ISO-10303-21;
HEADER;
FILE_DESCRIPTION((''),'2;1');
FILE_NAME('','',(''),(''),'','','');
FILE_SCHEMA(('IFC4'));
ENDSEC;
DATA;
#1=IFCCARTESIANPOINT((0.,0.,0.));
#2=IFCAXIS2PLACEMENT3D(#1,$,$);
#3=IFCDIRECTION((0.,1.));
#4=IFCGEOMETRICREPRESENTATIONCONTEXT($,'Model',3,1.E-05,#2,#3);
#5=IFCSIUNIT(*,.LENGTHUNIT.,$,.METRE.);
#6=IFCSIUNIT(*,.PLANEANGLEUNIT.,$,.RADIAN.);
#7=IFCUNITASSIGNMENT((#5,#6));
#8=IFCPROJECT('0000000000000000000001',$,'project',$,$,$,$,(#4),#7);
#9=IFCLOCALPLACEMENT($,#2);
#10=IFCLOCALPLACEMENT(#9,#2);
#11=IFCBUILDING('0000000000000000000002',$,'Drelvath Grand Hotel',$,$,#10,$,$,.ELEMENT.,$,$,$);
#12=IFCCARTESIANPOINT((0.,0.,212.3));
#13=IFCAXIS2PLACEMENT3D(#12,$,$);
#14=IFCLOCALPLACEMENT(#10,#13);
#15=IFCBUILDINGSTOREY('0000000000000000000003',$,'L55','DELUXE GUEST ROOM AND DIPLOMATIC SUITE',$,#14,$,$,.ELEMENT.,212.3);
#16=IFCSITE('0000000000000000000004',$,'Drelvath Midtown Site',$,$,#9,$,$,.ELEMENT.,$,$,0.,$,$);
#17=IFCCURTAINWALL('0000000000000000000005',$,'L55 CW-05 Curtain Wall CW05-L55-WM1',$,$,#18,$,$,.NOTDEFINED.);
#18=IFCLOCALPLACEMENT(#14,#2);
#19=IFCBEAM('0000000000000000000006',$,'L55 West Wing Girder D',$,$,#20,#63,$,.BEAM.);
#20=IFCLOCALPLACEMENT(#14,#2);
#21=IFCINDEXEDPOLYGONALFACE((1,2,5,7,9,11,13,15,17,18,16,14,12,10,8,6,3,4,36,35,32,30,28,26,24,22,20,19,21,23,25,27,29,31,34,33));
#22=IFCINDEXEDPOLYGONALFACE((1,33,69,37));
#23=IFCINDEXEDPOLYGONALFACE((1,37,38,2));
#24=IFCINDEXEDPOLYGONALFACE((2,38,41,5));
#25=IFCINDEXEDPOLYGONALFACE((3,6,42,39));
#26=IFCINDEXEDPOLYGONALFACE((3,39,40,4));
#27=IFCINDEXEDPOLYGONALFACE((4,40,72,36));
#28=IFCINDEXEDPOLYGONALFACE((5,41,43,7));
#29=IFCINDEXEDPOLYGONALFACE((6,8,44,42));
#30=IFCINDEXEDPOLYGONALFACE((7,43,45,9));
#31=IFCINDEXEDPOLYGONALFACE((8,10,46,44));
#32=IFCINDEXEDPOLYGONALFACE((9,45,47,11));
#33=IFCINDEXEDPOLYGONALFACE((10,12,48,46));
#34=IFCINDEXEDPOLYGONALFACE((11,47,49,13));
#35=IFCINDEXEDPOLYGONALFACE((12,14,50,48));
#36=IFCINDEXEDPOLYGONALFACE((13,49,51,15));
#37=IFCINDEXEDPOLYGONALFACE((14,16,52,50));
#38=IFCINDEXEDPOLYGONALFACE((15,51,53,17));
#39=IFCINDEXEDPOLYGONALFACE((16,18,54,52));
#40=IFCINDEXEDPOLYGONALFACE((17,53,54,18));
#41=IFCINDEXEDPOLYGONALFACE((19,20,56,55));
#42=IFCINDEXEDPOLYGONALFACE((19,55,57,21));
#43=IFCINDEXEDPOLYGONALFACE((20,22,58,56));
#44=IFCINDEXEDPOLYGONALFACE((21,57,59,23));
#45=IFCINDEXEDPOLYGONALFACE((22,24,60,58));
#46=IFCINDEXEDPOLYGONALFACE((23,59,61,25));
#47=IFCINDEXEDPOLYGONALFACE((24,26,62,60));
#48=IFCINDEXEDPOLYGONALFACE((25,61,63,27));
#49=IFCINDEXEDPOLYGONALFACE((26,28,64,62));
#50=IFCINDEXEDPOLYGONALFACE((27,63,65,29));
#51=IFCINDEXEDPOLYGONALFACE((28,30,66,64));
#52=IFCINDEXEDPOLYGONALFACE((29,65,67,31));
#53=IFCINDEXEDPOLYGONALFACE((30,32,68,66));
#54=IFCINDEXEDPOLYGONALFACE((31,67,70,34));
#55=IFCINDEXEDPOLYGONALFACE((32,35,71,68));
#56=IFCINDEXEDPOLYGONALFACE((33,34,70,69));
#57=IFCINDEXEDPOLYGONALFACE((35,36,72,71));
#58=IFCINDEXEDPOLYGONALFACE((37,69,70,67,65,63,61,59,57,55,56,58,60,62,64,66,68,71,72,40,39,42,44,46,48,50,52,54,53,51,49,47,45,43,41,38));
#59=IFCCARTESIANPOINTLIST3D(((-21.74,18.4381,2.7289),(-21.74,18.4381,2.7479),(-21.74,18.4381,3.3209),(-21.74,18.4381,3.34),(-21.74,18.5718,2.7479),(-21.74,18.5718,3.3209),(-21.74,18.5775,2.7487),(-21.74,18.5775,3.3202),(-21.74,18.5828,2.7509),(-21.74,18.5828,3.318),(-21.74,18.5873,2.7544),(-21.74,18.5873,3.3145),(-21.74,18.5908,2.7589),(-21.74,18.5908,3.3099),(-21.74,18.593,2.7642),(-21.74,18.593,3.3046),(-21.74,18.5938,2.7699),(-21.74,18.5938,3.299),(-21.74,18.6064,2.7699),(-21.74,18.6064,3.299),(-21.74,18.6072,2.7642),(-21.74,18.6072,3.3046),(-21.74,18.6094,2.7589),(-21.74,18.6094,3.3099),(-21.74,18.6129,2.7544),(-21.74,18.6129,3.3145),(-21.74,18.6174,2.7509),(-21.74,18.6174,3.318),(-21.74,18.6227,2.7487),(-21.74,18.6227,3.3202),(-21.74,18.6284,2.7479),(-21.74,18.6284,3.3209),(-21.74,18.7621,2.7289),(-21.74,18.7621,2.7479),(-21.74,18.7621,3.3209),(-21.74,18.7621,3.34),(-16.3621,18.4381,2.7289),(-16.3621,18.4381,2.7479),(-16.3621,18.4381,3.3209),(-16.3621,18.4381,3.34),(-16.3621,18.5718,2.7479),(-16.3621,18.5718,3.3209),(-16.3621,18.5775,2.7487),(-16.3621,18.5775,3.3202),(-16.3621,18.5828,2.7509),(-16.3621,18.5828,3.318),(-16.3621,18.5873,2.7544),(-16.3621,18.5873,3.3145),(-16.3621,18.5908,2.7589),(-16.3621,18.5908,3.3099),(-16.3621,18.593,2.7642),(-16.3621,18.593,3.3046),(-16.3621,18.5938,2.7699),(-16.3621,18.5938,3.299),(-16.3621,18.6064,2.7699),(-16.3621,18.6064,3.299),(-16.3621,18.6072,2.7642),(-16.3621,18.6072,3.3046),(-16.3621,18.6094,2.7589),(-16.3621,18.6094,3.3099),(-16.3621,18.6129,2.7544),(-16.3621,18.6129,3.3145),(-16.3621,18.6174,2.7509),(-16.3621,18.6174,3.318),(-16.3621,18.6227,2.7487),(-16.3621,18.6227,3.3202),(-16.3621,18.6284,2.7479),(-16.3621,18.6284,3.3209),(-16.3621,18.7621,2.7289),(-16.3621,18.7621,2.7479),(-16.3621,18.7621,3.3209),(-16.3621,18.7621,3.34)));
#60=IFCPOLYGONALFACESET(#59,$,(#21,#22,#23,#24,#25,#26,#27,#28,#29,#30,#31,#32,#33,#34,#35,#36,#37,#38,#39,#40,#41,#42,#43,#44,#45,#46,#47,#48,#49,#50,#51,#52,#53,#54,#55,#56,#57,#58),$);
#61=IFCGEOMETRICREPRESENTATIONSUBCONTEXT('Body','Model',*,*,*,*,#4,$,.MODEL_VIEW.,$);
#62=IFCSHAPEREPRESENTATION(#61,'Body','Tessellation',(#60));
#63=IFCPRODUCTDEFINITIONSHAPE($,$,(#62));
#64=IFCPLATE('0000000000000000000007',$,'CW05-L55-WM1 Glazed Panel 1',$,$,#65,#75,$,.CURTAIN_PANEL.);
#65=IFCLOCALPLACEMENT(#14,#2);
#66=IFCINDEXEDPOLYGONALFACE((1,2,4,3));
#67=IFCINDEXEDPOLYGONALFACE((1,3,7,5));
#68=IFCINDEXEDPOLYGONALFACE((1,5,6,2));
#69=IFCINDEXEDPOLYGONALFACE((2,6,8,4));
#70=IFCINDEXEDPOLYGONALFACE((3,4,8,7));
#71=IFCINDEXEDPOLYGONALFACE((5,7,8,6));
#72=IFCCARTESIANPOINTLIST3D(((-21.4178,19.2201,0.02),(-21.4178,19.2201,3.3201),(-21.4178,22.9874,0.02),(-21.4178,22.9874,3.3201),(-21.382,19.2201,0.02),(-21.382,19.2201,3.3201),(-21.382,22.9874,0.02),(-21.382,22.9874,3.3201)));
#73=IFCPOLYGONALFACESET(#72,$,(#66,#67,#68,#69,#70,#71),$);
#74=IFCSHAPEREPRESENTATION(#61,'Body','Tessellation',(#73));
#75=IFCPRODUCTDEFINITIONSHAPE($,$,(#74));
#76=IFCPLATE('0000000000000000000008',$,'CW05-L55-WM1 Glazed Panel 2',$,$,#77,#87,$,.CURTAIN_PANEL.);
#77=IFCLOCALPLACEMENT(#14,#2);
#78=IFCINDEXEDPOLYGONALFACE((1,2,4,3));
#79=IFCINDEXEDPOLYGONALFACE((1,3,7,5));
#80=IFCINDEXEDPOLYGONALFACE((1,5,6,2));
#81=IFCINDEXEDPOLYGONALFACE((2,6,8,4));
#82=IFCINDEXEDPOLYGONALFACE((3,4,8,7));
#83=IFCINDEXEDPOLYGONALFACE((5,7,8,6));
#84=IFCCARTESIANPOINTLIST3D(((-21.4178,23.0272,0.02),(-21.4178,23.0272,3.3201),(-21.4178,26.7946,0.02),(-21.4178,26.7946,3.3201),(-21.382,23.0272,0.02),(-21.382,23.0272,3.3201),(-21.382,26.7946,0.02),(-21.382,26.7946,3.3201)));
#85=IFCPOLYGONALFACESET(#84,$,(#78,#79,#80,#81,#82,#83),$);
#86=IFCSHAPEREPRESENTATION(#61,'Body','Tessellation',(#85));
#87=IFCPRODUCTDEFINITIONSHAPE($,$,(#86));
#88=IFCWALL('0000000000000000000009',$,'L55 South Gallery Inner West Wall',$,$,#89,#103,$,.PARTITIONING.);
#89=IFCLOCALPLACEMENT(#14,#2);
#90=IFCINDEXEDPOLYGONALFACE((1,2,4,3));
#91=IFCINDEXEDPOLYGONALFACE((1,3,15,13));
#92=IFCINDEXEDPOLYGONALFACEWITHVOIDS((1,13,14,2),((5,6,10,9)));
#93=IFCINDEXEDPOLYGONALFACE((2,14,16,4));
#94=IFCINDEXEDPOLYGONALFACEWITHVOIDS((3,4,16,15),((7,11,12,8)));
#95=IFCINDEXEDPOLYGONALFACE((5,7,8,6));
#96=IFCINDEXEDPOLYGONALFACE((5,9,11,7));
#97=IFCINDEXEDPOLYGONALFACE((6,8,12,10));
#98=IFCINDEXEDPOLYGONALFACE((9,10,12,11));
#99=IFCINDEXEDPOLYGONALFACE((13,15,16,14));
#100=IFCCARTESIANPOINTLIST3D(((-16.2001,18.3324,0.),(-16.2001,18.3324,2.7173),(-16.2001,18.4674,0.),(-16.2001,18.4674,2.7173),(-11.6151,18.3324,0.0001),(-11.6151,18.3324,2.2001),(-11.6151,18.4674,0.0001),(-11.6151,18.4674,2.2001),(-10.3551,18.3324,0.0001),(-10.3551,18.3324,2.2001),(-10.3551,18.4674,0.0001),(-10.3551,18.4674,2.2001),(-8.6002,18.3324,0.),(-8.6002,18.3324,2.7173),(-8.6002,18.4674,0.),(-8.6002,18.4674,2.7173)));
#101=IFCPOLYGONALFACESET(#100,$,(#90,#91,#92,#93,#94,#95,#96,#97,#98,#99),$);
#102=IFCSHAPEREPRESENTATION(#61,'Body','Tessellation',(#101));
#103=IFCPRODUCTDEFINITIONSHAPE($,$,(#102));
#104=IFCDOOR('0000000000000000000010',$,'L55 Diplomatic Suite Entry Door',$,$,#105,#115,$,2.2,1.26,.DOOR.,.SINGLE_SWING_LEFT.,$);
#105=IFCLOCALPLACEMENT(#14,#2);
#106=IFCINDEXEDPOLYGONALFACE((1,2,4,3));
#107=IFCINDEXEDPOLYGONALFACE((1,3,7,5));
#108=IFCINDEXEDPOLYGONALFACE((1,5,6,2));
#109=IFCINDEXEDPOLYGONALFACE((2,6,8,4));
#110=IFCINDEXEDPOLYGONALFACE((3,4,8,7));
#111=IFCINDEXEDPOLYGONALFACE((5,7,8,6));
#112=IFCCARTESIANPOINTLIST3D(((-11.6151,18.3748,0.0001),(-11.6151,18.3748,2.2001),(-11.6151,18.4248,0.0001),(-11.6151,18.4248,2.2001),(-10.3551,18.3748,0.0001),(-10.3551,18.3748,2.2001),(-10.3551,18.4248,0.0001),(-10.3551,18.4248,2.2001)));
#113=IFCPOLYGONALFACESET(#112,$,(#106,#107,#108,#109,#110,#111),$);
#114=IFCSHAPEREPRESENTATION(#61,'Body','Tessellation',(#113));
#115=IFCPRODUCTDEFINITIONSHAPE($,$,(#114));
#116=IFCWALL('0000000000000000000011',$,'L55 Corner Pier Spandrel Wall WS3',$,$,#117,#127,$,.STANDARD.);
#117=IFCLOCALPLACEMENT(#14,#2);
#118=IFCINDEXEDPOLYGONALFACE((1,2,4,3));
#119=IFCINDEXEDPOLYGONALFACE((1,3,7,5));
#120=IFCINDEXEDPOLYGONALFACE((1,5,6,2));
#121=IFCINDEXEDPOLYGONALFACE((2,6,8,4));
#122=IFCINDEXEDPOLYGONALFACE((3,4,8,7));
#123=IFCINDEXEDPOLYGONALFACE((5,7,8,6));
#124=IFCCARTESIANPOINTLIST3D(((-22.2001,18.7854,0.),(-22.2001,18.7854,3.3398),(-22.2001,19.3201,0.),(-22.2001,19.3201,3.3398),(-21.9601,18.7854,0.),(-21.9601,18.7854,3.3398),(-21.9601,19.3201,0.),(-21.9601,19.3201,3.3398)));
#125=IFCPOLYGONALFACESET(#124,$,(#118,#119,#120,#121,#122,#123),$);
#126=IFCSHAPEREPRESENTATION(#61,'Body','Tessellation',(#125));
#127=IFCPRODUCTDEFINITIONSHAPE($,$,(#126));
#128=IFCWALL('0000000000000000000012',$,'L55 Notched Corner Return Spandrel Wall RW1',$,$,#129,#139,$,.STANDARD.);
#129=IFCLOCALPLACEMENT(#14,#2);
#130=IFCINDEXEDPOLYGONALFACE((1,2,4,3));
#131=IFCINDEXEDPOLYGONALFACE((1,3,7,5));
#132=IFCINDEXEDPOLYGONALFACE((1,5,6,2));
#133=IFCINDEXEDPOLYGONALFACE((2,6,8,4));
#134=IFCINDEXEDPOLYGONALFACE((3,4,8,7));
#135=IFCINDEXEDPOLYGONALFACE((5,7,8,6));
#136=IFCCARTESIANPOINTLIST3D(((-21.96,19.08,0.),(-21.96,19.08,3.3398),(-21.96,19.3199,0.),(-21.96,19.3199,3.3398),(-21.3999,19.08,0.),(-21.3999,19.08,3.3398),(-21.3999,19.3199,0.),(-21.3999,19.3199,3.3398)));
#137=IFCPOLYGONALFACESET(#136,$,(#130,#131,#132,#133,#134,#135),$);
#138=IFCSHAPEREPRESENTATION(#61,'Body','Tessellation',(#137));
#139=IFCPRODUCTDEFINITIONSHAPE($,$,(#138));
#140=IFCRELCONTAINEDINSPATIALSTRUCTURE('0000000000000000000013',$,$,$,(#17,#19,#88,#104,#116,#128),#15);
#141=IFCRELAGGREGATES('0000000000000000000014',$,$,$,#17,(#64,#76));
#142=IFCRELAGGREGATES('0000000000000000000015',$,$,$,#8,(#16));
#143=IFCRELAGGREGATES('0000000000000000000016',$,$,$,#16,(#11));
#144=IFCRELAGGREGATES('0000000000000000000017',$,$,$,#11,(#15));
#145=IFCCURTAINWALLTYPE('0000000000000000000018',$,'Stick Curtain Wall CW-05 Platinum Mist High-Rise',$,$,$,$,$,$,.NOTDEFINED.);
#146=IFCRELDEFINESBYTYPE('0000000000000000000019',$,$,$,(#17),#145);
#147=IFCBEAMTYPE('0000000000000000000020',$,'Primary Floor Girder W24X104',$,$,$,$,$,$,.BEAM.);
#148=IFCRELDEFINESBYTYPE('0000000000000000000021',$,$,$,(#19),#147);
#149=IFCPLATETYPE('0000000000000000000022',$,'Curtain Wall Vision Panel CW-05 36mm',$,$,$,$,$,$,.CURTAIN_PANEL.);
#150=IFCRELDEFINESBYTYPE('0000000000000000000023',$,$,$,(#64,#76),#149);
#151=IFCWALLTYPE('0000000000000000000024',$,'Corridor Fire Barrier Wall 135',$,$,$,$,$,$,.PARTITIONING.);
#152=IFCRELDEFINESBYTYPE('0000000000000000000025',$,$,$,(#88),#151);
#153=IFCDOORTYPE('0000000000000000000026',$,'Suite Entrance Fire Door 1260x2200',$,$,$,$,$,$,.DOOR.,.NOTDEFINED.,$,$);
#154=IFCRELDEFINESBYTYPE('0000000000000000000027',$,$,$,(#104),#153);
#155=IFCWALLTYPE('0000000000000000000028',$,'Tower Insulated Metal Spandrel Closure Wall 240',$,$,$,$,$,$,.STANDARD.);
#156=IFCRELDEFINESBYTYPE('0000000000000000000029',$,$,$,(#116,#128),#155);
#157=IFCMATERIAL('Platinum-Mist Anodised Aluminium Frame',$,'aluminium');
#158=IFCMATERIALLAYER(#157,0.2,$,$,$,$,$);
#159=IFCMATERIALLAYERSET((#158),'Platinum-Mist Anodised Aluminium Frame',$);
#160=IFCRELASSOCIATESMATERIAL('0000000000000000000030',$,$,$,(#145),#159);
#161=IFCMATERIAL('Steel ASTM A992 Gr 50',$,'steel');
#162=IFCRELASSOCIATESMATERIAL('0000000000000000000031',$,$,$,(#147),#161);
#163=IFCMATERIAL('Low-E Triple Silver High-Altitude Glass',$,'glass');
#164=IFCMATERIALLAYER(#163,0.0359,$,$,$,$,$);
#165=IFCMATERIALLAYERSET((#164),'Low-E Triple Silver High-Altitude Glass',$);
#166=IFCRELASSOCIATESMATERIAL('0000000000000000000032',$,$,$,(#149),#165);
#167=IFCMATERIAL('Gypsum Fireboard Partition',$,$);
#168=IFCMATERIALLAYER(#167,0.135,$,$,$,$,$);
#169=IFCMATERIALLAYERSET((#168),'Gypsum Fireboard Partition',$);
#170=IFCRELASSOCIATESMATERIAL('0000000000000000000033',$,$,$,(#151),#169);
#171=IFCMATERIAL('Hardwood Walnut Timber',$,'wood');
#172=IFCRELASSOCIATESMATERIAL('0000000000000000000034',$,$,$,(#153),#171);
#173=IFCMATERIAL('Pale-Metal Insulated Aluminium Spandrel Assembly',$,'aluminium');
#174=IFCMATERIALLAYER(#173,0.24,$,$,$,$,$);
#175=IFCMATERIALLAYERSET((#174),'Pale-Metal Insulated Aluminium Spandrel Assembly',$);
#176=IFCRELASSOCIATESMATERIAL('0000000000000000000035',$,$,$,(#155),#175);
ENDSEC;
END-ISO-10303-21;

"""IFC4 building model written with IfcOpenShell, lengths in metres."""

from ifc_helpers import new_model, si_unit, direction, frame, frame_2d, origin, origin_2d, place, context, subcontext, project, spatial, rectangle, i_section, extrude, material, layer, layer_set, material_profile, profile_set, type_object, element, fill, aggregate, save


model = new_model("IFC4")

# Units and contexts
model_context = context("Model", 3, precision=1e-05, world=origin(), true_north=direction((0.0, 1.0)))
body_context = subcontext(model_context, "Body", "Model", "MODEL_VIEW")
ifc_project = project(units=[si_unit("LENGTHUNIT", "METRE"), si_unit("PLANEANGLEUNIT", "RADIAN")], contexts=[model_context])

# Site, building, storey
site_placement = place(None, origin())
site = spatial("IfcSite", under=ifc_project, at=site_placement, Name="Drelvath Midtown Site", CompositionType="ELEMENT", RefElevation=0.0)
building_placement = place(site_placement, origin())
building = spatial("IfcBuilding", under=site, at=building_placement, Name="Drelvath Grand Hotel", CompositionType="ELEMENT")
storey_placement = place(building_placement, frame((0.0, 0.0, 212.3)))
storey = spatial("IfcBuildingStorey", under=building, at=storey_placement, Name="L55", Description="DELUXE GUEST ROOM AND DIPLOMATIC SUITE", CompositionType="ELEMENT", Elevation=212.3)

# Curtain wall
ifc_material_1 = material(Name="Platinum-Mist Anodised Aluminium Frame", Category="aluminium")
ifc_layer_1 = layer(ifc_material_1, 0.2)
ifc_layer_set_1 = layer_set([ifc_layer_1], Name="Platinum-Mist Anodised Aluminium Frame")
curtain_wall_type = type_object("IfcCurtainWallType", Name="Stick Curtain Wall CW-05 Platinum Mist High-Rise", PredefinedType="NOTDEFINED", material=ifc_layer_set_1)
curtain_wall_1_placement = place(storey_placement, origin())
curtain_wall_1 = element("IfcCurtainWall", 1, at=curtain_wall_1_placement, inside=storey, type_object=curtain_wall_type, Name="L55 CW-05 Curtain Wall CW05-L55-WM1", PredefinedType="NOTDEFINED")

# Beam
ifc_material_2 = material(Name="Steel ASTM A992 Gr 50", Category="steel")
ifc_material_profile_1 = material_profile(ifc_material_2, i_section(OverallWidth=0.324, OverallDepth=0.6111, WebThickness=0.0127, FlangeThickness=0.019, FilletRadius=0.022, at=origin_2d()), Name="W24X104")
ifc_profile_set_1 = profile_set([ifc_material_profile_1], Name="Steel ASTM A992 Gr 50")
beam_type_1 = type_object("IfcBeamType", Name="Primary Floor Girder W24X104", PredefinedType="BEAM", material=ifc_profile_set_1)
beam_1_placement = place(storey_placement, frame((-21.74, 18.6001, 3.0344), z_axis=(1.0, 0.0, 0.0), x_axis=(0.0, 1.0, 0.0)))
element("IfcBeam", 2, at=beam_1_placement, inside=storey, type_object=beam_type_1, Name="L55 West Wing Girder D", PredefinedType="BEAM", context=body_context, shape_type="SweptSolid", body=[
    extrude(i_section(OverallWidth=0.324, OverallDepth=0.6111, WebThickness=0.0127, FlangeThickness=0.019, FilletRadius=0.022, at=origin_2d()), origin(), (0.0, 0.0, 1.0), 5.3779),
])

# Plates
ifc_material_3 = material(Name="Low-E Triple Silver High-Altitude Glass", Category="glass")
ifc_layer_2 = layer(ifc_material_3, 0.0359)
ifc_layer_set_2 = layer_set([ifc_layer_2], Name="Low-E Triple Silver High-Altitude Glass")
plate_type = type_object("IfcPlateType", Name="Curtain Wall Vision Panel CW-05 36mm", PredefinedType="CURTAIN_PANEL", material=ifc_layer_set_2)
plate_1_placement = place(storey_placement, frame((-21.3999, 21.1038, 0.02), z_axis=(0.0, 0.0, 1.0), x_axis=(0.0, 1.0, 0.0)))
plate_1 = element("IfcPlate", 3, at=plate_1_placement, type_object=plate_type, Name="CW05-L55-WM1 Glazed Panel 1", PredefinedType="CURTAIN_PANEL", context=body_context, shape_type="SweptSolid", body=[
    extrude(rectangle(XDim=3.7673, YDim=0.0359, at=origin_2d()), origin(), (0.0, 0.0, 1.0), 3.3),
])
plate_2_placement = place(storey_placement, frame((-21.3999, 24.9109, 0.02), z_axis=(0.0, 0.0, 1.0), x_axis=(0.0, 1.0, 0.0)))
plate_2 = element("IfcPlate", 4, at=plate_2_placement, type_object=plate_type, Name="CW05-L55-WM1 Glazed Panel 2", PredefinedType="CURTAIN_PANEL", context=body_context, shape_type="SweptSolid", body=[
    extrude(rectangle(XDim=3.7673, YDim=0.0359, at=origin_2d()), origin(), (0.0, 0.0, 1.0), 3.3),
])
aggregate(curtain_wall_1, [plate_1, plate_2])

# Wall, opening, door
ifc_material_4 = material(Name="Gypsum Fireboard Partition")
ifc_layer_3 = layer(ifc_material_4, 0.135)
ifc_layer_set_3 = layer_set([ifc_layer_3], Name="Gypsum Fireboard Partition")
wall_type_1 = type_object("IfcWallType", Name="Corridor Fire Barrier Wall 135", PredefinedType="PARTITIONING", material=ifc_layer_set_3)
wall_1_placement = place(storey_placement, frame((-16.2, 18.3999, 0.0), z_axis=(0.0, 0.0, 1.0), x_axis=(1.0, 0.0, 0.0)))
wall_1 = element("IfcWall", 5, at=wall_1_placement, inside=storey, type_object=wall_type_1, Name="L55 South Gallery Inner West Wall", PredefinedType="PARTITIONING", context=body_context, shape_type="SweptSolid", body=[
    extrude(rectangle(XDim=7.5999, YDim=0.135, at=frame_2d((3.7998, 0.0))), origin(), (0.0, 0.0, 1.0), 2.7173),
])
opening_placement = place(wall_1_placement, frame((4.585, 0.0, 0.0)))
opening = element("IfcOpeningElement", 6, at=opening_placement, cuts=wall_1, PredefinedType="OPENING", context=body_context, shape_type="SweptSolid", body=[
    extrude(rectangle(XDim=1.26, YDim=2.2, at=frame_2d((0.6299, 1.1001))), frame((0.0, 0.0774, 0.0), z_axis=(0.0, -1.0, 0.0), x_axis=(1.0, 0.0, 0.0)), (0.0, 0.0, 1.0), 0.155),
])
ifc_material_5 = material(Name="Hardwood Walnut Timber", Category="wood")
door_type = type_object("IfcDoorType", Name="Suite Entrance Fire Door 1260x2200", OperationType="NOTDEFINED", PredefinedType="DOOR", material=ifc_material_5)
door_placement = place(opening_placement, origin())
door = element("IfcDoor", 7, at=door_placement, inside=storey, type_object=door_type, Name="L55 Diplomatic Suite Entry Door", OperationType="SINGLE_SWING_LEFT", OverallHeight=2.2, OverallWidth=1.26, PredefinedType="DOOR", context=body_context, shape_type="SweptSolid", body=[
    extrude(rectangle(XDim=1.26, YDim=2.2, at=frame_2d((0.6299, 1.1001))), frame((0.0, 0.0249, 0.0), z_axis=(0.0, -1.0, 0.0), x_axis=(1.0, 0.0, 0.0)), (0.0, 0.0, 1.0), 0.05),
])
fill(opening, door)

# Walls
ifc_material_6 = material(Name="Pale-Metal Insulated Aluminium Spandrel Assembly", Category="aluminium")
ifc_layer_4 = layer(ifc_material_6, 0.24)
ifc_layer_set_4 = layer_set([ifc_layer_4], Name="Pale-Metal Insulated Aluminium Spandrel Assembly")
wall_type_2 = type_object("IfcWallType", Name="Tower Insulated Metal Spandrel Closure Wall 240", PredefinedType="STANDARD", material=ifc_layer_set_4)
wall_2_placement = place(storey_placement, frame((-22.0801, 18.7854, 0.0), z_axis=(0.0, 0.0, 1.0), x_axis=(0.0, 1.0, 0.0)))
element("IfcWall", 8, at=wall_2_placement, inside=storey, type_object=wall_type_2, Name="L55 Corner Pier Spandrel Wall WS3", PredefinedType="STANDARD", context=body_context, shape_type="SweptSolid", body=[
    extrude(rectangle(XDim=0.5347, YDim=0.24, at=frame_2d((0.2673, 0.0))), origin(), (0.0, 0.0, 1.0), 3.3398),
])
wall_3_placement = place(storey_placement, frame((-21.96, 19.2, 0.0), z_axis=(0.0, 0.0, 1.0), x_axis=(1.0, 0.0, 0.0)))
element("IfcWall", 9, at=wall_3_placement, inside=storey, type_object=wall_type_2, Name="L55 Notched Corner Return Spandrel Wall RW1", PredefinedType="STANDARD", context=body_context, shape_type="SweptSolid", body=[
    extrude(rectangle(XDim=0.5601, YDim=0.24, at=frame_2d((0.28, 0.0))), origin(), (0.0, 0.0, 1.0), 3.3398),
])

save(model, "model.ifc")
